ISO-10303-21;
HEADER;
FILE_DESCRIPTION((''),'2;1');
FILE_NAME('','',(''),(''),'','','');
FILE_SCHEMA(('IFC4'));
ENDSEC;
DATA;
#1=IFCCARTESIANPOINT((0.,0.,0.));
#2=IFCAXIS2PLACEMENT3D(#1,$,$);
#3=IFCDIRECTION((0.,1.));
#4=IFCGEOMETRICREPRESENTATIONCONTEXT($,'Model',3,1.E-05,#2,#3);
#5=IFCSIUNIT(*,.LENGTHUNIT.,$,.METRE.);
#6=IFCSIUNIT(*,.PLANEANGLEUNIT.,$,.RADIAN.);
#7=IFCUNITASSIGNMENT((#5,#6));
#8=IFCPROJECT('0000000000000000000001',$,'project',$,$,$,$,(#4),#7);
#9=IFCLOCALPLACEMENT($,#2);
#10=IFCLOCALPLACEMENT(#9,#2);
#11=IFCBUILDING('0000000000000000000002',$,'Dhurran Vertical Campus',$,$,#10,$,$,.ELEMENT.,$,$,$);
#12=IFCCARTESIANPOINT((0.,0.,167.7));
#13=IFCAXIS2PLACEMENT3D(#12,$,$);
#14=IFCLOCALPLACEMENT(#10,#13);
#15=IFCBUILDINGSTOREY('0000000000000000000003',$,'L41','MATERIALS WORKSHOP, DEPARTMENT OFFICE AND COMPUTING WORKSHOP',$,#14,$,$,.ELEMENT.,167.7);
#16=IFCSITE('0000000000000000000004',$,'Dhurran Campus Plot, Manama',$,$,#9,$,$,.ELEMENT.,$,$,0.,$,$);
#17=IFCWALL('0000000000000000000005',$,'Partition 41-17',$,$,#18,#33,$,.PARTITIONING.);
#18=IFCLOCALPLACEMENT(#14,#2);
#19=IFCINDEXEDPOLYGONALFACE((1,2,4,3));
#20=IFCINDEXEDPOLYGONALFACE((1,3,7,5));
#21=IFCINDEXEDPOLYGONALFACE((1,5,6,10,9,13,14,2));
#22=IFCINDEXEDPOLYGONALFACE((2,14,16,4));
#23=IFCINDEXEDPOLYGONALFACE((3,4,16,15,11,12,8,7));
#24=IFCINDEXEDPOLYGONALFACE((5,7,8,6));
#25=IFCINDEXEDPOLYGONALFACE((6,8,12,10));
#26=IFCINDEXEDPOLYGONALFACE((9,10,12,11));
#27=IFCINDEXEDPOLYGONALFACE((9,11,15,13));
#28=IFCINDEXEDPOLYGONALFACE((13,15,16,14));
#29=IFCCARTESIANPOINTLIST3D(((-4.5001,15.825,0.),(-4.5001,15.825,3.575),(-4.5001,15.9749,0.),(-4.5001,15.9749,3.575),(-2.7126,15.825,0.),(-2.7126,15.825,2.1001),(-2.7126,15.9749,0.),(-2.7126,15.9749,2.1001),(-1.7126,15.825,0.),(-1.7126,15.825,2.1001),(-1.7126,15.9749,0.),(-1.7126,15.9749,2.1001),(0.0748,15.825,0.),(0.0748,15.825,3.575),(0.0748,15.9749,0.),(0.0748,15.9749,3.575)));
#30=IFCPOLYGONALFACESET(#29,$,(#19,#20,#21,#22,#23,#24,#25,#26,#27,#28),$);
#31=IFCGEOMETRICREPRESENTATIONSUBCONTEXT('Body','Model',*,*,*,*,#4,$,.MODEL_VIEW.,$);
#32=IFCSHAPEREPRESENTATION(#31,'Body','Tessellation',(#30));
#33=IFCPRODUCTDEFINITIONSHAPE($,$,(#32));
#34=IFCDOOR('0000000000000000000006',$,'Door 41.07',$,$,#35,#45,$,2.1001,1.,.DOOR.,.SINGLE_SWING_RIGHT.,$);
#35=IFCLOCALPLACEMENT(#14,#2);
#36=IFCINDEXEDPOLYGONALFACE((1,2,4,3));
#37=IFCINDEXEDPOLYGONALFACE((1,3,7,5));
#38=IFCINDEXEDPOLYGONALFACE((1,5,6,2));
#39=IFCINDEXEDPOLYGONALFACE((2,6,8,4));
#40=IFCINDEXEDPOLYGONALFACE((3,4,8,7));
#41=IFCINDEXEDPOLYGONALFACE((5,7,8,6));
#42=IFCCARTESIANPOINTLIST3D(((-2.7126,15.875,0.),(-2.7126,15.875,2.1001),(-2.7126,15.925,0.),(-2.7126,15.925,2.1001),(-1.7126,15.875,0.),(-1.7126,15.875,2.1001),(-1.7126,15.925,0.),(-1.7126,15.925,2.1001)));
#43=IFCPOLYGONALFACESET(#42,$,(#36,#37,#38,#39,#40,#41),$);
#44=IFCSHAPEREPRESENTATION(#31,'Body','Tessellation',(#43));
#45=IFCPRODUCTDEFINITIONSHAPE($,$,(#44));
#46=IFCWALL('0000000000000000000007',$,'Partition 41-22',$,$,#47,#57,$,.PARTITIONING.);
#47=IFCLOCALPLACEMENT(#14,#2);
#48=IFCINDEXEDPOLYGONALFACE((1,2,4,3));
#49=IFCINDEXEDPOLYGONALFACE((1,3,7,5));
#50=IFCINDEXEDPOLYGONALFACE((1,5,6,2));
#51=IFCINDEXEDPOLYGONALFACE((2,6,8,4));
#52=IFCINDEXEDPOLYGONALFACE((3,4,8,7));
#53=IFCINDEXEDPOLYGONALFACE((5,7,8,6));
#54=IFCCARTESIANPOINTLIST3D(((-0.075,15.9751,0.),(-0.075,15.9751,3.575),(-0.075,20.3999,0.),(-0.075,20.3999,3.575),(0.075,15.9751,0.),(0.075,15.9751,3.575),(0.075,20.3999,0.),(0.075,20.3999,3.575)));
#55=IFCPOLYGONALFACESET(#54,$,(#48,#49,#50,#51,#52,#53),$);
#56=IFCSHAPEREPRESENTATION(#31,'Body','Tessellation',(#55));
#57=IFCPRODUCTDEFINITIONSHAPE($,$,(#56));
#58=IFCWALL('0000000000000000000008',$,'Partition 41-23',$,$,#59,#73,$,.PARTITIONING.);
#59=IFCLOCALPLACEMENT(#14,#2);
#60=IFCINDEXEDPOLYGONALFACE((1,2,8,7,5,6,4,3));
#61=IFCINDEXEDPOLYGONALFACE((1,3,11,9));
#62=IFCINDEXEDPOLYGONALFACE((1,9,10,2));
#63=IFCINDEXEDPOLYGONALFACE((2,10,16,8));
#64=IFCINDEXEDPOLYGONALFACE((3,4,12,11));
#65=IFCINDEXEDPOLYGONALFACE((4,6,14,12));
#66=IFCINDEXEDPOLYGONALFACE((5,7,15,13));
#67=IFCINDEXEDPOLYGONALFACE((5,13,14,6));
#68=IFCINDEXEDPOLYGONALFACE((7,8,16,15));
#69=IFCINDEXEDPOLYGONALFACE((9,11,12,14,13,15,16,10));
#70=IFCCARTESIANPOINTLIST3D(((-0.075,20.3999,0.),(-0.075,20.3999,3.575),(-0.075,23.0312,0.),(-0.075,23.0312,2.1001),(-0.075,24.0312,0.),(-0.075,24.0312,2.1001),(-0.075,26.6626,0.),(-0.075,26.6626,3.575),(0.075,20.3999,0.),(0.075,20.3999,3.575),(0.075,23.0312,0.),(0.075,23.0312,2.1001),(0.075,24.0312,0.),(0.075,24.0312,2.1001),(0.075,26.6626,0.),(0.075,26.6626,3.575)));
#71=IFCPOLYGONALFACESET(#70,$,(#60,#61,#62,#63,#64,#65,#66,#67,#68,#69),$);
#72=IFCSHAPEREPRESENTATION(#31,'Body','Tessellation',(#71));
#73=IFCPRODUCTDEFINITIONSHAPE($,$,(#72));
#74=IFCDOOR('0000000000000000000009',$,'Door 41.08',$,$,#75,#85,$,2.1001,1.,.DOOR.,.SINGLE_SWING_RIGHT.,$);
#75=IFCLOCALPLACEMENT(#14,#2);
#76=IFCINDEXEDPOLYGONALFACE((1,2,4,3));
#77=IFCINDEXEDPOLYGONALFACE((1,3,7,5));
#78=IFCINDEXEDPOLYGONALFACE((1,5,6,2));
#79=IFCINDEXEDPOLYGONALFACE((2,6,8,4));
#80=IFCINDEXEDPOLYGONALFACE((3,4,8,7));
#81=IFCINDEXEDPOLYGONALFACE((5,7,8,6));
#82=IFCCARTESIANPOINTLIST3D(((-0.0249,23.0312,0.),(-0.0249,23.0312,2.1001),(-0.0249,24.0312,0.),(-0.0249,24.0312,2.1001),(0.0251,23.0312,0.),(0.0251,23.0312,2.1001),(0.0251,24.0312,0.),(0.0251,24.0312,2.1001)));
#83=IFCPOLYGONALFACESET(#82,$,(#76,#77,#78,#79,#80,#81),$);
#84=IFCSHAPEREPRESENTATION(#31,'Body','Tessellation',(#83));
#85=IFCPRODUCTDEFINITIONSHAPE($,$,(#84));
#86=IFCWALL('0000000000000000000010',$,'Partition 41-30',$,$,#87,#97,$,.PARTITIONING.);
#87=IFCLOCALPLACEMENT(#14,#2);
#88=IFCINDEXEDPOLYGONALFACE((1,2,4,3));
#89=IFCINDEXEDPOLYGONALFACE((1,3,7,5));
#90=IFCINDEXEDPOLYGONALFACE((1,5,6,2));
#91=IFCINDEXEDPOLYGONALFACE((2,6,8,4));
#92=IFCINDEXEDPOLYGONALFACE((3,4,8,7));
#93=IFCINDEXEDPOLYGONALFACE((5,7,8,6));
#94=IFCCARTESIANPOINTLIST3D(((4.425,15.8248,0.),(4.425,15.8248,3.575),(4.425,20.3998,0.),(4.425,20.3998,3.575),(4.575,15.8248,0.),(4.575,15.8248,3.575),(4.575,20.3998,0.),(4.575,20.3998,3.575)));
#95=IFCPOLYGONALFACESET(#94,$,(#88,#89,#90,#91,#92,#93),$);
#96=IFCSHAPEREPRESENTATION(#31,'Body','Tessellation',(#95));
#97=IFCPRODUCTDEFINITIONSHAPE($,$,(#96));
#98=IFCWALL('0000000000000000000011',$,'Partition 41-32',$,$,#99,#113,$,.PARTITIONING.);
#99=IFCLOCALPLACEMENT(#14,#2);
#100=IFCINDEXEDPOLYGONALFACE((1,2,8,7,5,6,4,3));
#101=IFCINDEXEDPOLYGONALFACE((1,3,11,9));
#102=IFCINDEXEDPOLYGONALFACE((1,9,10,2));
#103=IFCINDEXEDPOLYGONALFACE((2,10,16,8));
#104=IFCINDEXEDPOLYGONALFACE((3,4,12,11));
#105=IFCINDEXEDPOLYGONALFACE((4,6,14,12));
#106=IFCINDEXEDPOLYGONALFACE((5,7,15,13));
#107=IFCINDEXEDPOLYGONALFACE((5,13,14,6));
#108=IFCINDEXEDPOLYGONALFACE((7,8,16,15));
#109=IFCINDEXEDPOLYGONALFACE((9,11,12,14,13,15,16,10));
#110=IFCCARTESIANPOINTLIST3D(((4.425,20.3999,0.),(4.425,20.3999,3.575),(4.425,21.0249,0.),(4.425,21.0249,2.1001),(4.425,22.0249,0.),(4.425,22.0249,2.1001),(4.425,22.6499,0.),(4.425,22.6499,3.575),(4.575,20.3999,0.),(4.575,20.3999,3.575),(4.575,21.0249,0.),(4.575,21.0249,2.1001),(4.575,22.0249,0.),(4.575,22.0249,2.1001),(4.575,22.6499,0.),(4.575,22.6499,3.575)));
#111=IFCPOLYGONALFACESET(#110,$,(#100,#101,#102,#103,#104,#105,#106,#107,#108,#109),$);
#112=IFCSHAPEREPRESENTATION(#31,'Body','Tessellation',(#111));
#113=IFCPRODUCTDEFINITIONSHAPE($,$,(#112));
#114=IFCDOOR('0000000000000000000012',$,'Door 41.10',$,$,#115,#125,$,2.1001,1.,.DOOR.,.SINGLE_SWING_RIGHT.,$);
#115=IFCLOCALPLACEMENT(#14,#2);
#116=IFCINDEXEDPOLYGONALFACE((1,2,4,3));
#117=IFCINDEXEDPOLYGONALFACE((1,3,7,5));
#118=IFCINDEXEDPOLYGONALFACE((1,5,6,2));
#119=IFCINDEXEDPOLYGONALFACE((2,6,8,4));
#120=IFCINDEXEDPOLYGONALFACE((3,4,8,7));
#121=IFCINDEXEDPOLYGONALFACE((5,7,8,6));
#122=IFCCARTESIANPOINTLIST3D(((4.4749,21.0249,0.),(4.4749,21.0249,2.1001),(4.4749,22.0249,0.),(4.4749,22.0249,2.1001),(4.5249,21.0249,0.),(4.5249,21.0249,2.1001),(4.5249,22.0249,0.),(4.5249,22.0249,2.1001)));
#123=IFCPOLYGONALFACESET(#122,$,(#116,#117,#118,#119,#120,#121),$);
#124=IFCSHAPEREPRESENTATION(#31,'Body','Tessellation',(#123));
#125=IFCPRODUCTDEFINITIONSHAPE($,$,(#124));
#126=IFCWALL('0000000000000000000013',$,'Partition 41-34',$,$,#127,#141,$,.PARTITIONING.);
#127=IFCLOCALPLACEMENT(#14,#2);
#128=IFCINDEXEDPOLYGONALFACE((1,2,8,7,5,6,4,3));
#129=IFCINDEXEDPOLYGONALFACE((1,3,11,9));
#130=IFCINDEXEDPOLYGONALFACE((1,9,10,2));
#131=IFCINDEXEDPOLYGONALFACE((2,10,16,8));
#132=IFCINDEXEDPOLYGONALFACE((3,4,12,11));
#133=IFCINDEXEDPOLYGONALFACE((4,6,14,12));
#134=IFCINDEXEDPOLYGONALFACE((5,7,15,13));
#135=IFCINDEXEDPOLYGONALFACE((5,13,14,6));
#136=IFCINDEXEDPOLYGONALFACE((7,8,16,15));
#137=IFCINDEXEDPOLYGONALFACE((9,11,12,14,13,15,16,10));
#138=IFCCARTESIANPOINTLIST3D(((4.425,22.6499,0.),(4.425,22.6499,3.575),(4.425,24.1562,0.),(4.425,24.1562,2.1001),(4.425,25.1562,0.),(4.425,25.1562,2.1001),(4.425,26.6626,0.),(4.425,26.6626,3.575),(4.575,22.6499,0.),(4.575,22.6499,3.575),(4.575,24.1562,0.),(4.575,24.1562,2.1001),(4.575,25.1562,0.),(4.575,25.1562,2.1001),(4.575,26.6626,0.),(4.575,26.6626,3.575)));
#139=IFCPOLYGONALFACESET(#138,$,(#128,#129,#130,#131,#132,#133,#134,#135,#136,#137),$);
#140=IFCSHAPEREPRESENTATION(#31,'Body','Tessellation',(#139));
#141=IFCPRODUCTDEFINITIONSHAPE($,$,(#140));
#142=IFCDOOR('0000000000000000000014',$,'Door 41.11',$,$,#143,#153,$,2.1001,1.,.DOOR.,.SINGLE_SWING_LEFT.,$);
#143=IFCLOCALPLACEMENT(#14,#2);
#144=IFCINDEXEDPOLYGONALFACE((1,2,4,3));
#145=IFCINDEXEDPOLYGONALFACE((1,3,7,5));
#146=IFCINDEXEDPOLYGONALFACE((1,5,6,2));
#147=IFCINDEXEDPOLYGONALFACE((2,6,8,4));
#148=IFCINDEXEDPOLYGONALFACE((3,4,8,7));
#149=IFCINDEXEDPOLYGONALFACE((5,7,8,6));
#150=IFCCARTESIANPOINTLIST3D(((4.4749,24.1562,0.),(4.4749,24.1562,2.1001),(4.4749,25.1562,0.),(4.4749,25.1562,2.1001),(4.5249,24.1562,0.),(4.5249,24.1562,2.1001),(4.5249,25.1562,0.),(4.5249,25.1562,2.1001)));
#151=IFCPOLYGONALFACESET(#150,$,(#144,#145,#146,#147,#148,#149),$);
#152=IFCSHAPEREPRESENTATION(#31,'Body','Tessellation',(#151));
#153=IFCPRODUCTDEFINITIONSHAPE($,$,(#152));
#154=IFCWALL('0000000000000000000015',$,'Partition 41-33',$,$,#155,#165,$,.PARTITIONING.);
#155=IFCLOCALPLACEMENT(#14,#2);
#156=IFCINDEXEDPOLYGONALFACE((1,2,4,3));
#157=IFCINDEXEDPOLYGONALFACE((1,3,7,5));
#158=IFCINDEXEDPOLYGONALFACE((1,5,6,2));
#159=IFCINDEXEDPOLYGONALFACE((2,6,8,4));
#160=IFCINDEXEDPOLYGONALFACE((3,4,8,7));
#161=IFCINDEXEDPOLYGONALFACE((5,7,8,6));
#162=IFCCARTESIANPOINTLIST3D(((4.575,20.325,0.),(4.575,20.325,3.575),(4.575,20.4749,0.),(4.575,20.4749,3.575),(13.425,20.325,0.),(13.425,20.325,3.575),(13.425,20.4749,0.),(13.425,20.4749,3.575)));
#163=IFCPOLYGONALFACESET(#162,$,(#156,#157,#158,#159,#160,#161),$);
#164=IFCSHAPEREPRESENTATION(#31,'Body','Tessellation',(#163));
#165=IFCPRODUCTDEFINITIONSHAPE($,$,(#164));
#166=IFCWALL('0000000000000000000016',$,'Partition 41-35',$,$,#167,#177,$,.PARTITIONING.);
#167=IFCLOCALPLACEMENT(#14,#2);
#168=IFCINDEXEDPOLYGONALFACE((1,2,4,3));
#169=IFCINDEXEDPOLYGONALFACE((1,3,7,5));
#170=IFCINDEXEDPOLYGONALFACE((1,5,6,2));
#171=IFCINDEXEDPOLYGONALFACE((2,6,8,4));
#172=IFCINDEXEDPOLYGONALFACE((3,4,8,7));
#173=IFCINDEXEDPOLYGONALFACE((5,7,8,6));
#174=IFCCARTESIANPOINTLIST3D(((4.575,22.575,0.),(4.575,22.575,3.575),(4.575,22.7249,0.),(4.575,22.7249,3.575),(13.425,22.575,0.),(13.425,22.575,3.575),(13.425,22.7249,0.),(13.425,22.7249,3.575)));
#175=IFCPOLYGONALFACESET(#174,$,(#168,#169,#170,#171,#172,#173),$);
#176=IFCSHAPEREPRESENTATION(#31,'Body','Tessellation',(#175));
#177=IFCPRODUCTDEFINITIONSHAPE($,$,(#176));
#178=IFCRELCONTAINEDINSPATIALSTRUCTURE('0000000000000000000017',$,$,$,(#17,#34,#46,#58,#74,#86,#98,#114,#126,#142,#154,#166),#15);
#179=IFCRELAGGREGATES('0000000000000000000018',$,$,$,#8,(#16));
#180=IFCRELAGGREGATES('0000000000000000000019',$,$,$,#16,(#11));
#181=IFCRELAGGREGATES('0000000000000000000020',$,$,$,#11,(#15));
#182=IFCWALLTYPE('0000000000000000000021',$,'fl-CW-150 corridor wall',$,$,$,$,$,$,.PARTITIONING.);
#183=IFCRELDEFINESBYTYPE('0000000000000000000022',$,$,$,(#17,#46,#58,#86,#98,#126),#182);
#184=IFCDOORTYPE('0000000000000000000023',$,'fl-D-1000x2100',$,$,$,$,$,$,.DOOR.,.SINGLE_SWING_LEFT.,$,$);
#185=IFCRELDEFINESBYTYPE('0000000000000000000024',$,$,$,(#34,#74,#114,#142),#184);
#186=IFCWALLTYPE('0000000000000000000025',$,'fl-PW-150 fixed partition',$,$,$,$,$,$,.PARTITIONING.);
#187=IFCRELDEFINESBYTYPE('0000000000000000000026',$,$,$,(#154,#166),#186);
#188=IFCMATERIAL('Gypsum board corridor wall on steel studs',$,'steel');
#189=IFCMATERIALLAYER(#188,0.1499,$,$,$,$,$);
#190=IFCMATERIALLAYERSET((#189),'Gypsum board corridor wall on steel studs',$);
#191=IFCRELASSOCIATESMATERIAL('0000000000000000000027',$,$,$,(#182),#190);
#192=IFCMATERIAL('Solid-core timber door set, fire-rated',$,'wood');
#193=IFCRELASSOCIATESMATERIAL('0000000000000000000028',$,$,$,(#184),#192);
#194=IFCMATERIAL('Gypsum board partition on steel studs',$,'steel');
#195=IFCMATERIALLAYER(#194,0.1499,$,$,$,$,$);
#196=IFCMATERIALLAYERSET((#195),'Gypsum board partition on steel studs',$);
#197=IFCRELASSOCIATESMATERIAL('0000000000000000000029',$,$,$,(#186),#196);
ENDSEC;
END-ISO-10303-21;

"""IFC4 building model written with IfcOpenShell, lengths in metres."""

from ifc_helpers import new_model, si_unit, direction, frame, frame_2d, origin, place, context, subcontext, project, spatial, rectangle, extrude, material, layer, layer_set, type_object, element, fill, save


model = new_model("IFC4")

# Units and contexts
model_context = context("Model", 3, precision=1e-05, world=origin(), true_north=direction((0.0, 1.0)))
body_context = subcontext(model_context, "Body", "Model", "MODEL_VIEW")
ifc_project = project(units=[si_unit("LENGTHUNIT", "METRE"), si_unit("PLANEANGLEUNIT", "RADIAN")], contexts=[model_context])

# Site, building, storey
site_placement = place(None, origin())
site = spatial("IfcSite", under=ifc_project, at=site_placement, Name="Dhurran Campus Plot, Manama", CompositionType="ELEMENT", RefElevation=0.0)
building_placement = place(site_placement, origin())
building = spatial("IfcBuilding", under=site, at=building_placement, Name="Dhurran Vertical Campus", CompositionType="ELEMENT")
storey_placement = place(building_placement, frame((0.0, 0.0, 167.7)))
storey = spatial("IfcBuildingStorey", under=building, at=storey_placement, Name="L41", Description="MATERIALS WORKSHOP, DEPARTMENT OFFICE AND COMPUTING WORKSHOP", CompositionType="ELEMENT", Elevation=167.7)

# Wall, opening, door
ifc_material_1 = material(Name="Gypsum board corridor wall on steel studs", Category="steel")
ifc_layer_1 = layer(ifc_material_1, 0.1499)
ifc_layer_set_1 = layer_set([ifc_layer_1], Name="Gypsum board corridor wall on steel studs")
wall_type_1 = type_object("IfcWallType", Name="fl-CW-150 corridor wall", PredefinedType="PARTITIONING", material=ifc_layer_set_1)
wall_1_placement = place(storey_placement, frame((0.075, 15.8999, 0.0), z_axis=(0.0, 0.0, 1.0), x_axis=(-1.0, 0.0, 0.0)))
wall_1 = element("IfcWall", 1, at=wall_1_placement, inside=storey, type_object=wall_type_1, Name="Partition 41-17", PredefinedType="PARTITIONING", context=body_context, shape_type="SweptSolid", body=[
    extrude(rectangle(XDim=4.575, YDim=0.1499, at=frame_2d((2.2876, 0.0))), origin(), (0.0, 0.0, 1.0), 3.575),
])
opening_1_placement = place(wall_1_placement, frame((1.7876, 0.0, 0.0)))
opening_1 = element("IfcOpeningElement", 2, at=opening_1_placement, cuts=wall_1, PredefinedType="OPENING", context=body_context, shape_type="SweptSolid", body=[
    extrude(rectangle(XDim=1.0, YDim=2.1001, at=frame_2d((0.5, 1.05))), frame((0.0, 0.085, 0.0), z_axis=(0.0, -1.0, 0.0), x_axis=(1.0, 0.0, 0.0)), (0.0, 0.0, 1.0), 0.1699),
])
ifc_material_2 = material(Name="Solid-core timber door set, fire-rated", Category="wood")
door_type_1 = type_object("IfcDoorType", Name="fl-D-1000x2100", OperationType="SINGLE_SWING_LEFT", PredefinedType="DOOR", material=ifc_material_2)
door_1_placement = place(opening_1_placement, origin())
door_1 = element("IfcDoor", 3, at=door_1_placement, inside=storey, type_object=door_type_1, Name="Door 41.07", OperationType="SINGLE_SWING_RIGHT", OverallHeight=2.1001, OverallWidth=1.0, PredefinedType="DOOR", context=body_context, shape_type="SweptSolid", body=[
    extrude(rectangle(XDim=1.0, YDim=2.1001, at=frame_2d((0.5, 1.05))), frame((0.0, 0.0249, 0.0), z_axis=(0.0, -1.0, 0.0), x_axis=(1.0, 0.0, 0.0)), (0.0, 0.0, 1.0), 0.05),
])
fill(opening_1, door_1)

# Wall
wall_2_placement = place(storey_placement, frame((0.0, 15.9751, 0.0), z_axis=(0.0, 0.0, 1.0), x_axis=(0.0, 1.0, 0.0)))
element("IfcWall", 4, at=wall_2_placement, inside=storey, type_object=wall_type_1, Name="Partition 41-22", PredefinedType="PARTITIONING", context=body_context, shape_type="SweptSolid", body=[
    extrude(rectangle(XDim=4.4248, YDim=0.1499, at=frame_2d((2.2124, 0.0))), origin(), (0.0, 0.0, 1.0), 3.575),
])

# Wall, opening, door
wall_3_placement = place(storey_placement, frame((0.0, 20.3999, 0.0), z_axis=(0.0, 0.0, 1.0), x_axis=(0.0, 1.0, 0.0)))
wall_3 = element("IfcWall", 5, at=wall_3_placement, inside=storey, type_object=wall_type_1, Name="Partition 41-23", PredefinedType="PARTITIONING", context=body_context, shape_type="SweptSolid", body=[
    extrude(rectangle(XDim=6.2627, YDim=0.1499, at=frame_2d((3.1313, 0.0))), origin(), (0.0, 0.0, 1.0), 3.575),
])
opening_2_placement = place(wall_3_placement, frame((2.6313, 0.0, 0.0)))
opening_2 = element("IfcOpeningElement", 6, at=opening_2_placement, cuts=wall_3, PredefinedType="OPENING", context=body_context, shape_type="SweptSolid", body=[
    extrude(rectangle(XDim=1.0, YDim=2.1001, at=frame_2d((0.5, 1.05))), frame((0.0, 0.085, 0.0), z_axis=(0.0, -1.0, 0.0), x_axis=(1.0, 0.0, 0.0)), (0.0, 0.0, 1.0), 0.1699),
])
door_2_placement = place(opening_2_placement, origin())
door_2 = element("IfcDoor", 7, at=door_2_placement, inside=storey, type_object=door_type_1, Name="Door 41.08", OperationType="SINGLE_SWING_RIGHT", OverallHeight=2.1001, OverallWidth=1.0, PredefinedType="DOOR", context=body_context, shape_type="SweptSolid", body=[
    extrude(rectangle(XDim=1.0, YDim=2.1001, at=frame_2d((0.5, 1.05))), frame((0.0, 0.0249, 0.0), z_axis=(0.0, -1.0, 0.0), x_axis=(1.0, 0.0, 0.0)), (0.0, 0.0, 1.0), 0.05),
])
fill(opening_2, door_2)

# Wall
wall_4_placement = place(storey_placement, frame((4.5, 20.3999, 0.0), z_axis=(0.0, 0.0, 1.0), x_axis=(0.0, -1.0, 0.0)))
element("IfcWall", 8, at=wall_4_placement, inside=storey, type_object=wall_type_1, Name="Partition 41-30", PredefinedType="PARTITIONING", context=body_context, shape_type="SweptSolid", body=[
    extrude(rectangle(XDim=4.575, YDim=0.1499, at=frame_2d((2.2876, 0.0))), origin(), (0.0, 0.0, 1.0), 3.575),
])

# Walls, openings, doors
wall_5_placement = place(storey_placement, frame((4.5, 22.6499, 0.0), z_axis=(0.0, 0.0, 1.0), x_axis=(0.0, -1.0, 0.0)))
wall_5 = element("IfcWall", 9, at=wall_5_placement, inside=storey, type_object=wall_type_1, Name="Partition 41-32", PredefinedType="PARTITIONING", context=body_context, shape_type="SweptSolid", body=[
    extrude(rectangle(XDim=2.25, YDim=0.1499, at=frame_2d((1.125, 0.0))), origin(), (0.0, 0.0, 1.0), 3.575),
])
opening_3_placement = place(wall_5_placement, frame((0.625, 0.0, 0.0)))
opening_3 = element("IfcOpeningElement", 10, at=opening_3_placement, cuts=wall_5, PredefinedType="OPENING", context=body_context, shape_type="SweptSolid", body=[
    extrude(rectangle(XDim=1.0, YDim=2.1001, at=frame_2d((0.5, 1.05))), frame((0.0, 0.085, 0.0), z_axis=(0.0, -1.0, 0.0), x_axis=(1.0, 0.0, 0.0)), (0.0, 0.0, 1.0), 0.1699),
])
door_3_placement = place(opening_3_placement, origin())
door_3 = element("IfcDoor", 11, at=door_3_placement, inside=storey, type_object=door_type_1, Name="Door 41.10", OperationType="SINGLE_SWING_RIGHT", OverallHeight=2.1001, OverallWidth=1.0, PredefinedType="DOOR", context=body_context, shape_type="SweptSolid", body=[
    extrude(rectangle(XDim=1.0, YDim=2.1001, at=frame_2d((0.5, 1.05))), frame((0.0, 0.0249, 0.0), z_axis=(0.0, -1.0, 0.0), x_axis=(1.0, 0.0, 0.0)), (0.0, 0.0, 1.0), 0.05),
])
fill(opening_3, door_3)
wall_6_placement = place(storey_placement, frame((4.5, 26.6626, 0.0), z_axis=(0.0, 0.0, 1.0), x_axis=(0.0, -1.0, 0.0)))
wall_6 = element("IfcWall", 12, at=wall_6_placement, inside=storey, type_object=wall_type_1, Name="Partition 41-34", PredefinedType="PARTITIONING", context=body_context, shape_type="SweptSolid", body=[
    extrude(rectangle(XDim=4.0127, YDim=0.1499, at=frame_2d((2.0063, 0.0))), origin(), (0.0, 0.0, 1.0), 3.575),
])
opening_4_placement = place(wall_6_placement, frame((1.5063, 0.0, 0.0)))
opening_4 = element("IfcOpeningElement", 13, at=opening_4_placement, cuts=wall_6, PredefinedType="OPENING", context=body_context, shape_type="SweptSolid", body=[
    extrude(rectangle(XDim=1.0, YDim=2.1001, at=frame_2d((0.5, 1.05))), frame((0.0, 0.085, 0.0), z_axis=(0.0, -1.0, 0.0), x_axis=(1.0, 0.0, 0.0)), (0.0, 0.0, 1.0), 0.1699),
])
door_4_placement = place(opening_4_placement, origin())
door_4 = element("IfcDoor", 14, at=door_4_placement, inside=storey, type_object=door_type_1, Name="Door 41.11", OperationType="SINGLE_SWING_LEFT", OverallHeight=2.1001, OverallWidth=1.0, PredefinedType="DOOR", context=body_context, shape_type="SweptSolid", body=[
    extrude(rectangle(XDim=1.0, YDim=2.1001, at=frame_2d((0.5, 1.05))), frame((0.0, 0.0249, 0.0), z_axis=(0.0, -1.0, 0.0), x_axis=(1.0, 0.0, 0.0)), (0.0, 0.0, 1.0), 0.05),
])
fill(opening_4, door_4)

# Walls
ifc_material_3 = material(Name="Gypsum board partition on steel studs", Category="steel")
ifc_layer_2 = layer(ifc_material_3, 0.1499)
ifc_layer_set_2 = layer_set([ifc_layer_2], Name="Gypsum board partition on steel studs")
wall_type_2 = type_object("IfcWallType", Name="fl-PW-150 fixed partition", PredefinedType="PARTITIONING", material=ifc_layer_set_2)
for number, where, z_axis, x_axis, name in (
    (15, (4.575, 20.3999, 0.0), (0.0, 0.0, 1.0), (1.0, 0.0, 0.0), "Partition 41-33"),
    (16, (4.575, 22.6499, 0.0), (0.0, 0.0, 1.0), (1.0, 0.0, 0.0), "Partition 41-35"),
):
    element("IfcWall", number, at=place(storey_placement, frame(where, z_axis=z_axis, x_axis=x_axis)), inside=storey, type_object=wall_type_2, Name=name, PredefinedType="PARTITIONING", context=body_context, shape_type="SweptSolid", body=[
        extrude(rectangle(XDim=8.8501, YDim=0.1499, at=frame_2d((4.425, 0.0))), origin(), (0.0, 0.0, 1.0), 3.575),
    ])

save(model, "model.ifc")
